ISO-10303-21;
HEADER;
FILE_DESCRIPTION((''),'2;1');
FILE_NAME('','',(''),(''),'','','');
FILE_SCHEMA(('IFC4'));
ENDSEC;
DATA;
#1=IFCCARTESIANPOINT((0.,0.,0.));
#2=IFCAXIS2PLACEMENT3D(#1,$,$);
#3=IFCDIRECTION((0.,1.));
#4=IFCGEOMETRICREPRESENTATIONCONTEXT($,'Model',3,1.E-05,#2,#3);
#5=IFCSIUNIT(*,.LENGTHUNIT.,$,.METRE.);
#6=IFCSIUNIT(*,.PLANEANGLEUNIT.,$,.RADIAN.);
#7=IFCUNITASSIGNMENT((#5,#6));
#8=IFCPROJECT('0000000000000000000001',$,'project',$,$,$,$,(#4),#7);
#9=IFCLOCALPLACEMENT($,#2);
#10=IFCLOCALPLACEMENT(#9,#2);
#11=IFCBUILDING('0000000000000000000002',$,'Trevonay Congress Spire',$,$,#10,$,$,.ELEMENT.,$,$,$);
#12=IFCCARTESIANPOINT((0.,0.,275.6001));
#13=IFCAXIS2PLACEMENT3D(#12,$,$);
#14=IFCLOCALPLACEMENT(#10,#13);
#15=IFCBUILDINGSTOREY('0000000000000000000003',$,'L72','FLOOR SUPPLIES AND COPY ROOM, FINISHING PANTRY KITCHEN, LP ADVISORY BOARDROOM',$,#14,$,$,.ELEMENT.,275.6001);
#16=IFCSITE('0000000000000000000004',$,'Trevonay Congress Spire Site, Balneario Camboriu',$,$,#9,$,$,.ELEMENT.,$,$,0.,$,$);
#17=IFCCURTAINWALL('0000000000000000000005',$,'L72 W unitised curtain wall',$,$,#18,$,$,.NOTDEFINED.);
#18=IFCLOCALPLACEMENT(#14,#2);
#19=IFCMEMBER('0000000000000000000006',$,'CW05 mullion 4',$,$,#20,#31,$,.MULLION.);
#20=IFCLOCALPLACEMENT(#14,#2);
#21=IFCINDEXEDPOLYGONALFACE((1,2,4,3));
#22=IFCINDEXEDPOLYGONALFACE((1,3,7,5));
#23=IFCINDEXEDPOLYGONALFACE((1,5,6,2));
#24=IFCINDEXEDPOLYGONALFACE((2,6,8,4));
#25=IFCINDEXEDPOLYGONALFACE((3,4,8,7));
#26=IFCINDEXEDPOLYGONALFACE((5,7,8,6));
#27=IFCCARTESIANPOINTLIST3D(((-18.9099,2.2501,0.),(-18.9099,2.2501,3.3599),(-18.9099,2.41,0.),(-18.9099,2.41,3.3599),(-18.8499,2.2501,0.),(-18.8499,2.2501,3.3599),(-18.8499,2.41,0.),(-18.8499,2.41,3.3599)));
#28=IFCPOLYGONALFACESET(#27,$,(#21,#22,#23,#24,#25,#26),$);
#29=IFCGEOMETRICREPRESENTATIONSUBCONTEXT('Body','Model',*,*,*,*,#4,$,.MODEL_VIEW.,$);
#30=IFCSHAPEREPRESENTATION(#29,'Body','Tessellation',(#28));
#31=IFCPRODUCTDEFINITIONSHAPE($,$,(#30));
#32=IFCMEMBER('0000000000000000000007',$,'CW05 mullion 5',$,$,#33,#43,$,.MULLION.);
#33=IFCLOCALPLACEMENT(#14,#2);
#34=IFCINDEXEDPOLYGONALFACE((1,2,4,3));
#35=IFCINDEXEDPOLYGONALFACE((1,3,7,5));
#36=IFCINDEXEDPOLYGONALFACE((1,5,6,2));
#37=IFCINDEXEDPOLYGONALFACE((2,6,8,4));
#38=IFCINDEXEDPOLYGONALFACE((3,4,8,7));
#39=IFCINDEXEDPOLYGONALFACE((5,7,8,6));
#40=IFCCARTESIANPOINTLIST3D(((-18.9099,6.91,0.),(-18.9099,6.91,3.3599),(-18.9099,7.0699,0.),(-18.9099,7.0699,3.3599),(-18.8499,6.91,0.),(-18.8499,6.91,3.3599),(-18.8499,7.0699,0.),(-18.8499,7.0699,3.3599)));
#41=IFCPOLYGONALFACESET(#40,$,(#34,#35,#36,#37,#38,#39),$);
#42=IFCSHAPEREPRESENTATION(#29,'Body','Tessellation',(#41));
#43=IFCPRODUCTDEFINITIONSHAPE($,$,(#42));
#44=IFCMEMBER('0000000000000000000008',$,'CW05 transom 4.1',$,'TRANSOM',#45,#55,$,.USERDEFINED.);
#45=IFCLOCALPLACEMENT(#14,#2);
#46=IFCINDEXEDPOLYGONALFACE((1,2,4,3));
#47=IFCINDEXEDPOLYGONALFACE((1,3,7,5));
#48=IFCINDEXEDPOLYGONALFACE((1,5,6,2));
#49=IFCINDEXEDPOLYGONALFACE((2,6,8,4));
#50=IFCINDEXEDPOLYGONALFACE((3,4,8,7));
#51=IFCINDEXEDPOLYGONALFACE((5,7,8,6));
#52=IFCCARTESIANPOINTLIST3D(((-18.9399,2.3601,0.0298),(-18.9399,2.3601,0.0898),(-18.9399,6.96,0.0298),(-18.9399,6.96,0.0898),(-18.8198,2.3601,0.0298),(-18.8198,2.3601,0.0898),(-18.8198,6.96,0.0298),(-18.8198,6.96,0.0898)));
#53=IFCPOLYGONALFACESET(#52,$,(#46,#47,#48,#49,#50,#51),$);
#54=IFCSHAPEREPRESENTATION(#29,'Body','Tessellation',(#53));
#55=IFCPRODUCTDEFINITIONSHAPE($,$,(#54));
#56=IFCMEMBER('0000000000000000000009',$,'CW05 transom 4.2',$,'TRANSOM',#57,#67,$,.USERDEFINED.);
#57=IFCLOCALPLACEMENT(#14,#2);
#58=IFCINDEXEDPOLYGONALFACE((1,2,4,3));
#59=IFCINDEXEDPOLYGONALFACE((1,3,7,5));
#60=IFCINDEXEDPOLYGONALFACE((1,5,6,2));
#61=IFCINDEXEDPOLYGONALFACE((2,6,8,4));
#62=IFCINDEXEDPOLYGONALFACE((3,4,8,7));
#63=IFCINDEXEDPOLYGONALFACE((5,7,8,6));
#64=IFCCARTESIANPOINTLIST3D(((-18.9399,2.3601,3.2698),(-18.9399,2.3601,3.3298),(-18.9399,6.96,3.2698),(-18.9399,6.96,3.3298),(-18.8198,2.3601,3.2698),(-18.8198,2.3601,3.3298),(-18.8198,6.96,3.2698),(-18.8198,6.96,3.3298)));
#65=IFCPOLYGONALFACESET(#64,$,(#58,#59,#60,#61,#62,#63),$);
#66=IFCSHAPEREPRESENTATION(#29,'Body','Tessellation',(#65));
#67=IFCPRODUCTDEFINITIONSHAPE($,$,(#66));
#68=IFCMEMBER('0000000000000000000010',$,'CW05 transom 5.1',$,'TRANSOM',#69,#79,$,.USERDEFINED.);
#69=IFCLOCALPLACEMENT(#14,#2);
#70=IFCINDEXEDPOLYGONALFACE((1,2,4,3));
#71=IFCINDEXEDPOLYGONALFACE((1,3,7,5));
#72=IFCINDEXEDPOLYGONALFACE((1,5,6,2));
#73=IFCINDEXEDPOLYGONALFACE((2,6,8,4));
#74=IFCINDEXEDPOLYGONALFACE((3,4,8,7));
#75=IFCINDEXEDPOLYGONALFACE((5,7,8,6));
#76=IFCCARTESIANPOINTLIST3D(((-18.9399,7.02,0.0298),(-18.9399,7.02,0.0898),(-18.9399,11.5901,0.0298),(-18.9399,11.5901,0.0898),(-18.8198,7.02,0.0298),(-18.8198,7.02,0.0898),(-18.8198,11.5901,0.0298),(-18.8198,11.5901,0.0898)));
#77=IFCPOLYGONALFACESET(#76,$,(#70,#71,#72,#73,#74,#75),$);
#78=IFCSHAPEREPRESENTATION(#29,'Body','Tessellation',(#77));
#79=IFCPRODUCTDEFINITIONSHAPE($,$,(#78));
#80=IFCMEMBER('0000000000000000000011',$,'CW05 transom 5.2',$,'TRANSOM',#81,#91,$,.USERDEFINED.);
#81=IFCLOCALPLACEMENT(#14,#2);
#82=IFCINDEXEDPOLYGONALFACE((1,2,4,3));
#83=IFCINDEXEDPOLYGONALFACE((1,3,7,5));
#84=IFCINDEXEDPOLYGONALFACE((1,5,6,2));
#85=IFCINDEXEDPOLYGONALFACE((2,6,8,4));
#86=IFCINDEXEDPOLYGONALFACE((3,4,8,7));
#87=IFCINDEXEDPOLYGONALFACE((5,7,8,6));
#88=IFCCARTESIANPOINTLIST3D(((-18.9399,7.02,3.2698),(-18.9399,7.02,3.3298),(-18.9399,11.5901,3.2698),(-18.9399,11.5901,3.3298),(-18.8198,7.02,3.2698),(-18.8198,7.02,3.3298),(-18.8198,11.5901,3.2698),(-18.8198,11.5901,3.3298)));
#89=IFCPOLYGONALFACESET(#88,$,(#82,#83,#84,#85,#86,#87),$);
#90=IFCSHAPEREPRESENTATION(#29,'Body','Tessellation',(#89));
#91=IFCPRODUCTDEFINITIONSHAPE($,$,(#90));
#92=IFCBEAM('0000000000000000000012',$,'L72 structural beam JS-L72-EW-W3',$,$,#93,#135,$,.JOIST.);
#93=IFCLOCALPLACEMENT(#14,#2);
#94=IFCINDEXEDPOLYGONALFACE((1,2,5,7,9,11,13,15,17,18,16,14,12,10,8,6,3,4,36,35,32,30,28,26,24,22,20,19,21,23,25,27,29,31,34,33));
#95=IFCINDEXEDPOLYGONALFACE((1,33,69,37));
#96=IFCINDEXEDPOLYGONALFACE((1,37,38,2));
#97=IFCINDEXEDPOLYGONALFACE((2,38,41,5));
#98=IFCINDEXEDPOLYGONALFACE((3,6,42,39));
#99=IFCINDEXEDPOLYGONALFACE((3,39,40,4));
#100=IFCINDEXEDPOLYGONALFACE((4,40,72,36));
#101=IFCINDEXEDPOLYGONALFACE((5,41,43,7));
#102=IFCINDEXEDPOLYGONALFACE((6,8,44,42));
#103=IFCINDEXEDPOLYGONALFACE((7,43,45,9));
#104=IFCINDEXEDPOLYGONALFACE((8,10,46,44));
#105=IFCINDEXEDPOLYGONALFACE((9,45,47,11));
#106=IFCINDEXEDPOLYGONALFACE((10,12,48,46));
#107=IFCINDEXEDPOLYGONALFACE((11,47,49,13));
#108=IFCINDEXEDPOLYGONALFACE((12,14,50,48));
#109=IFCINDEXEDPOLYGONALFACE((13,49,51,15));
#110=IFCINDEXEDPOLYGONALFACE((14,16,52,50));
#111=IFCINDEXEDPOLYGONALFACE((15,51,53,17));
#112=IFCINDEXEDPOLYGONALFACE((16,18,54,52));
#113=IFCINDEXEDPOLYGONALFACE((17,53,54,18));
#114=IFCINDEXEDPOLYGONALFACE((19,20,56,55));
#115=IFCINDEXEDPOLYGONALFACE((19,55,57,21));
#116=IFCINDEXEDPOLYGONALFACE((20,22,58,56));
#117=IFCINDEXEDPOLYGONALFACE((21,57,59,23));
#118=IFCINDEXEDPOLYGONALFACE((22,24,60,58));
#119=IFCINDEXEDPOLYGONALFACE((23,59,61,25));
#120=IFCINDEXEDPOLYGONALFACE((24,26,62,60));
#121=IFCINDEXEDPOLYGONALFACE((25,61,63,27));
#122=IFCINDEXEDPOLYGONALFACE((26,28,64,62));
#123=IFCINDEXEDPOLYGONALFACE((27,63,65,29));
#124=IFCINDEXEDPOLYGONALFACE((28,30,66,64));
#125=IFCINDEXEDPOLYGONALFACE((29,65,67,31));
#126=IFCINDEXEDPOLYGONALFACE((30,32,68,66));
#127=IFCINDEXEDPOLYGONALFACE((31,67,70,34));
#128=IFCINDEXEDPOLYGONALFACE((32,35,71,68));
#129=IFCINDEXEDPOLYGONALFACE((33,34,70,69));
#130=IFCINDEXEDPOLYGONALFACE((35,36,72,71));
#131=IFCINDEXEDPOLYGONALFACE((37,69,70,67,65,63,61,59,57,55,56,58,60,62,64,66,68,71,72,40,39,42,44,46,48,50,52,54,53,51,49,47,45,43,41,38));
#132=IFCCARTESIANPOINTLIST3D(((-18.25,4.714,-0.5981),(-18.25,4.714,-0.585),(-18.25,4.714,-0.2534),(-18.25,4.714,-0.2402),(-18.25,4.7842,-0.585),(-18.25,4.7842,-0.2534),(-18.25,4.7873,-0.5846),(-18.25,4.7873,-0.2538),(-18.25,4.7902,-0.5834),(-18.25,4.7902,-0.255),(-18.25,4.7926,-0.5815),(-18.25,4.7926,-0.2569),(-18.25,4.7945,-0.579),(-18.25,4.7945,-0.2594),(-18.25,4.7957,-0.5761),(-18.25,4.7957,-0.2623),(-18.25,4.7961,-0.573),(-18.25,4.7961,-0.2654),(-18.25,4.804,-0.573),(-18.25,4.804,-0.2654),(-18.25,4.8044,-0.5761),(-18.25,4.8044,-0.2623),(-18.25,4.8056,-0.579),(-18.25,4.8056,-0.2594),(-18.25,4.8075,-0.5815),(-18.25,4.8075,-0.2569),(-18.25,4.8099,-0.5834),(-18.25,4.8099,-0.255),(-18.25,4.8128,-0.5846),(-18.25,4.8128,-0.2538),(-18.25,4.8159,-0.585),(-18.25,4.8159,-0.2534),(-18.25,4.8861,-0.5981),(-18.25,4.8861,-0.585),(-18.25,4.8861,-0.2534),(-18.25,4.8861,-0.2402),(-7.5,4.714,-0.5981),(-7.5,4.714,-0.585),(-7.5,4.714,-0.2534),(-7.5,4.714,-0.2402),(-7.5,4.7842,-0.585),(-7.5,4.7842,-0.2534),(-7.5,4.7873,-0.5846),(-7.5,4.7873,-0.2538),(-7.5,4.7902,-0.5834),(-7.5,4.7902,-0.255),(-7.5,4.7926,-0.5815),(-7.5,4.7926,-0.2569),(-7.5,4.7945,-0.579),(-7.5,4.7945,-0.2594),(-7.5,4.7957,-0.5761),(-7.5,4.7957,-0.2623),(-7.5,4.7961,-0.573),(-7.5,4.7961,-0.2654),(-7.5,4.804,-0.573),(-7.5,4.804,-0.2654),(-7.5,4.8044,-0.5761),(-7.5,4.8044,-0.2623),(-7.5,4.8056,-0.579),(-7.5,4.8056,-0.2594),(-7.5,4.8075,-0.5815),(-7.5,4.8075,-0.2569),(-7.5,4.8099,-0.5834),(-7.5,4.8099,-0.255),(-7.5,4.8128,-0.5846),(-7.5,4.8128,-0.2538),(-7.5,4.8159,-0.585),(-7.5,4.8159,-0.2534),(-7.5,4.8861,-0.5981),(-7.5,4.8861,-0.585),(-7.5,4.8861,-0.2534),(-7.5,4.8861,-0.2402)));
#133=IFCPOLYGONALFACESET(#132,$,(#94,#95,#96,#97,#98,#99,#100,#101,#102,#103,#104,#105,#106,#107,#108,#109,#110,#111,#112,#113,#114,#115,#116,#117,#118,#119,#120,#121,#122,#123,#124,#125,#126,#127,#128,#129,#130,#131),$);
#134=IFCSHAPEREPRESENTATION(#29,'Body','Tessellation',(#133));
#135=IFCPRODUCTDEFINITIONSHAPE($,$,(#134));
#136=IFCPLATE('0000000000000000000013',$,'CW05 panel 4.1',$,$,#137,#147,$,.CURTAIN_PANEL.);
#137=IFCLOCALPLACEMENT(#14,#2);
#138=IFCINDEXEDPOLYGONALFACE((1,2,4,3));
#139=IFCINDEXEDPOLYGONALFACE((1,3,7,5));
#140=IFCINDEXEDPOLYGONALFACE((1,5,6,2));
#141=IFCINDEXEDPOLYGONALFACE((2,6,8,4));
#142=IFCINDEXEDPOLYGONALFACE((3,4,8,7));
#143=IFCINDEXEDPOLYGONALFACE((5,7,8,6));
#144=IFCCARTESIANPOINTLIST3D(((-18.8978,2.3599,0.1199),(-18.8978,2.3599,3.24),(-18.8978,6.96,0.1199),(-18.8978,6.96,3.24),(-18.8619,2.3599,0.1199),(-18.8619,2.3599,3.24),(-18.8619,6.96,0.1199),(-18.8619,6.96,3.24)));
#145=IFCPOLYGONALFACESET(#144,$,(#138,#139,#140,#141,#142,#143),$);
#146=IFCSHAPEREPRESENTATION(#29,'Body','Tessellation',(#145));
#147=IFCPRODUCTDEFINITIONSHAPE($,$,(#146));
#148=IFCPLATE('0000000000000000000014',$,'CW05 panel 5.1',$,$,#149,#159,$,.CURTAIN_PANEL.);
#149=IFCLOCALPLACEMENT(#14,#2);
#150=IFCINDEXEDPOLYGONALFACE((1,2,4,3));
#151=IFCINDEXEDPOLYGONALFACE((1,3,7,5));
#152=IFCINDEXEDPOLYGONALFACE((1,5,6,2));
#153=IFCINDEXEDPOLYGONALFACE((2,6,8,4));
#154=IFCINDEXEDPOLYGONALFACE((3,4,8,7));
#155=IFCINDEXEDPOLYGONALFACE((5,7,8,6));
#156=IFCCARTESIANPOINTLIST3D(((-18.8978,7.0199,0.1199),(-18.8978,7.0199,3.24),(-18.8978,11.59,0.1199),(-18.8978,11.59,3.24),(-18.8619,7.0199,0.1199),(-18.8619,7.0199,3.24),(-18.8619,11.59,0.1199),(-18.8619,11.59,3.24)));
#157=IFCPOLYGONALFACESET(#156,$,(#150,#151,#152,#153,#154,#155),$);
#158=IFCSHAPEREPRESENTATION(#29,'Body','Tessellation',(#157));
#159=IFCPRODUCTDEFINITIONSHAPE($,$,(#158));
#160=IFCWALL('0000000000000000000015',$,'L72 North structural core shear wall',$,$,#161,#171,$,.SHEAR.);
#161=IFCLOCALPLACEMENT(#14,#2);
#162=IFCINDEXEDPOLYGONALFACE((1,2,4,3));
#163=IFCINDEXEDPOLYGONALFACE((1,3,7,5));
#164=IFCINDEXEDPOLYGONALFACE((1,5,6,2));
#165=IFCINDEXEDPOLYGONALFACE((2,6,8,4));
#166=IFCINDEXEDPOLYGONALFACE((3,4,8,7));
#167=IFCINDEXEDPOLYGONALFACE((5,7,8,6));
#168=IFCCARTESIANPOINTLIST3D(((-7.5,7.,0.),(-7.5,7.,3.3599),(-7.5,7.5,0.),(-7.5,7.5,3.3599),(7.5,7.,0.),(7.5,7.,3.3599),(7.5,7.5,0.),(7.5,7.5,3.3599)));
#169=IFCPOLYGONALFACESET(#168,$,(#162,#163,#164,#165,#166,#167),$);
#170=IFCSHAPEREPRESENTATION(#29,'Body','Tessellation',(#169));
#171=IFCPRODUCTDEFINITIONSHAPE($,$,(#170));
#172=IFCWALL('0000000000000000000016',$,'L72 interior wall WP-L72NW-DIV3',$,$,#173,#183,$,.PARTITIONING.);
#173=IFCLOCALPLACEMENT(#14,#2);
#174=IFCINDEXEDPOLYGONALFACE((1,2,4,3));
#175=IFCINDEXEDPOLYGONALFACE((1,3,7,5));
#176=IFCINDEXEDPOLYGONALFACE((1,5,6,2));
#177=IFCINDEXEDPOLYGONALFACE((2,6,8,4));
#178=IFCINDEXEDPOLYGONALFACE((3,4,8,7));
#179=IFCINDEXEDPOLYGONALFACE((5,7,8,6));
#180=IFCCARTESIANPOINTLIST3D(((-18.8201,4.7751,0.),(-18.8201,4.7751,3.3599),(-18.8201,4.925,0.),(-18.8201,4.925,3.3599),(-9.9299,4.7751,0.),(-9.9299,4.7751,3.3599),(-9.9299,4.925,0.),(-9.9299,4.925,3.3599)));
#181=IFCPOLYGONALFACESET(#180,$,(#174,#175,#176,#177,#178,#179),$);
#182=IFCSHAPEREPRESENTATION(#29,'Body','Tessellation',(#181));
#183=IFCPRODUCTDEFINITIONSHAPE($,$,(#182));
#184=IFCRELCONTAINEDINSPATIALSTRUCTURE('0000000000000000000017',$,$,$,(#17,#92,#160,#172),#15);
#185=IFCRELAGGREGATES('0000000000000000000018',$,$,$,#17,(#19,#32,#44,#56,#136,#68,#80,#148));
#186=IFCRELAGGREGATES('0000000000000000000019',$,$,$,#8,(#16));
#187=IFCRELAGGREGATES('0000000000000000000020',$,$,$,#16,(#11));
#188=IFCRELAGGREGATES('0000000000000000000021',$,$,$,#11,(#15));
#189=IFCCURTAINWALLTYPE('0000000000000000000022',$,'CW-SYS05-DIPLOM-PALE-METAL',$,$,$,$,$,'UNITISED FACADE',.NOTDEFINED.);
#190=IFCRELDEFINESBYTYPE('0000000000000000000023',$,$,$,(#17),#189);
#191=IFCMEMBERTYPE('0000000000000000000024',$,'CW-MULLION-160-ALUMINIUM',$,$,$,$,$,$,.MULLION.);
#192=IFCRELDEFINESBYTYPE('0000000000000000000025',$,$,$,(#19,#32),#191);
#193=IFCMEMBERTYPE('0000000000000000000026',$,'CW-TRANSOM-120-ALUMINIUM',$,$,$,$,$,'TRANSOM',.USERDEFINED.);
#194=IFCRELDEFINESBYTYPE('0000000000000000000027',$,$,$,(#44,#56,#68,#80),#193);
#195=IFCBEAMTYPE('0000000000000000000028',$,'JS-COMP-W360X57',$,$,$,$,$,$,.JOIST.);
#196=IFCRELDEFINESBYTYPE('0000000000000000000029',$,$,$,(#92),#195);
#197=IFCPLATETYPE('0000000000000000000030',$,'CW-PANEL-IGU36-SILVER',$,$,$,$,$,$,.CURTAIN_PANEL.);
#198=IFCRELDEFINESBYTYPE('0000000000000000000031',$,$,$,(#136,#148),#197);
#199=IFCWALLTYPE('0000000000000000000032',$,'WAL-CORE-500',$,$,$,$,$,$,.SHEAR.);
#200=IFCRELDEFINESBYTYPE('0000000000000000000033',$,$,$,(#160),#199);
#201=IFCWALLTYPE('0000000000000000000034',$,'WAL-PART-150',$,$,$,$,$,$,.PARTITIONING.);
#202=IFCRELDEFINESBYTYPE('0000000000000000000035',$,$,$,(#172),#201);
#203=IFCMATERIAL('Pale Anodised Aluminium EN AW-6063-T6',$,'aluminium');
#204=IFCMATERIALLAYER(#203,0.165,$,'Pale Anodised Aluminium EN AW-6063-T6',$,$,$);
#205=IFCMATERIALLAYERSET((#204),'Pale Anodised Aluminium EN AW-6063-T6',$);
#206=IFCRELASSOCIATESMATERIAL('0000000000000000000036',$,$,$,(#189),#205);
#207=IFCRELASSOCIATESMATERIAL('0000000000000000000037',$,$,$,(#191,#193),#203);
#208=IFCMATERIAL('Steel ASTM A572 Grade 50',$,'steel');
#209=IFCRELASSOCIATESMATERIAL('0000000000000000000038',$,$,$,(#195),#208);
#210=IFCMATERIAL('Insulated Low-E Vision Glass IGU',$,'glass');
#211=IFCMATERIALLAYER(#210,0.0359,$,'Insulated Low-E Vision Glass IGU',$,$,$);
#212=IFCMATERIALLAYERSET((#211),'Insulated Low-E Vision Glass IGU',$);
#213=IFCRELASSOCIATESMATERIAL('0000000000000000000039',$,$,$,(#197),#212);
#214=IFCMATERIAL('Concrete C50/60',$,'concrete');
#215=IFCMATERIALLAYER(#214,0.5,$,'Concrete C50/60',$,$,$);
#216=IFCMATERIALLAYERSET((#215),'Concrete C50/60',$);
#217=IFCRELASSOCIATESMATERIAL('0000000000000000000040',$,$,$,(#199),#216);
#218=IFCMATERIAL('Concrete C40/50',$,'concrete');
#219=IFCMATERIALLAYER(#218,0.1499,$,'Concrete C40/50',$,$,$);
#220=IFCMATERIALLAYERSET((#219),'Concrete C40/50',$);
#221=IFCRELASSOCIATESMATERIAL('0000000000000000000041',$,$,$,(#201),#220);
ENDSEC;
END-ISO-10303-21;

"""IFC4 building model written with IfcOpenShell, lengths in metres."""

from ifc_helpers import new_model, si_unit, direction, frame, frame_2d, origin, origin_2d, place, context, subcontext, project, spatial, rectangle, i_section, extrude, material, layer, layer_set, material_profile, profile_set, type_object, element, aggregate, save


model = new_model("IFC4")

# Units and contexts
model_context = context("Model", 3, precision=1e-05, world=origin(), true_north=direction((0.0, 1.0)))
body_context = subcontext(model_context, "Body", "Model", "MODEL_VIEW")
ifc_project = project(units=[si_unit("LENGTHUNIT", "METRE"), si_unit("PLANEANGLEUNIT", "RADIAN")], contexts=[model_context])

# Site, building, storey
site_placement = place(None, origin())
site = spatial("IfcSite", under=ifc_project, at=site_placement, Name="Trevonay Congress Spire Site, Balneario Camboriu", CompositionType="ELEMENT", RefElevation=0.0)
building_placement = place(site_placement, origin())
building = spatial("IfcBuilding", under=site, at=building_placement, Name="Trevonay Congress Spire", CompositionType="ELEMENT")
storey_placement = place(building_placement, frame((0.0, 0.0, 275.6001)))
storey = spatial("IfcBuildingStorey", under=building, at=storey_placement, Name="L72", Description="FLOOR SUPPLIES AND COPY ROOM, FINISHING PANTRY KITCHEN, LP ADVISORY BOARDROOM", CompositionType="ELEMENT", Elevation=275.6001)

# Shared definitions
ifc_material_1 = material(Name="Steel ASTM A572 Grade 50", Category="steel")

# Curtain wall, members
ifc_material_2 = material(Name="Pale Anodised Aluminium EN AW-6063-T6", Category="aluminium")
ifc_layer_1 = layer(ifc_material_2, 0.165, Name="Pale Anodised Aluminium EN AW-6063-T6")
ifc_layer_set_1 = layer_set([ifc_layer_1], Name="Pale Anodised Aluminium EN AW-6063-T6")
curtain_wall_type = type_object("IfcCurtainWallType", Name="CW-SYS05-DIPLOM-PALE-METAL", ElementType="UNITISED FACADE", PredefinedType="NOTDEFINED", material=ifc_layer_set_1)
curtain_wall_placement = place(storey_placement, origin())
curtain_wall = element("IfcCurtainWall", 1, at=curtain_wall_placement, inside=storey, type_object=curtain_wall_type, Name="L72 W unitised curtain wall", PredefinedType="NOTDEFINED")
ifc_material_profile_1 = material_profile(ifc_material_2, rectangle(XDim=0.0601, YDim=0.1599, at=origin_2d()), Name="CW-MULLION-160-ALUMINIUM")
ifc_profile_set_1 = profile_set([ifc_material_profile_1], Name="Pale Anodised Aluminium EN AW-6063-T6")
member_type_1 = type_object("IfcMemberType", Name="CW-MULLION-160-ALUMINIUM", PredefinedType="MULLION", material=ifc_profile_set_1)
member_1_placement = place(storey_placement, frame((-18.8799, 2.3301, 0.0), z_axis=(0.0, 0.0, 1.0), x_axis=(-1.0, 0.0, 0.0)))
member_1 = element("IfcMember", 2, at=member_1_placement, type_object=member_type_1, Name="CW05 mullion 4", PredefinedType="MULLION", context=body_context, shape_type="SweptSolid", body=[
    extrude(rectangle(XDim=0.0601, YDim=0.1599, at=origin_2d()), origin(), (0.0, 0.0, 1.0), 3.3599),
])
member_2_placement = place(storey_placement, frame((-18.8799, 6.99, 0.0), z_axis=(0.0, 0.0, 1.0), x_axis=(-1.0, 0.0, 0.0)))
member_2 = element("IfcMember", 3, at=member_2_placement, type_object=member_type_1, Name="CW05 mullion 5", PredefinedType="MULLION", context=body_context, shape_type="SweptSolid", body=[
    extrude(rectangle(XDim=0.0601, YDim=0.1599, at=origin_2d()), origin(), (0.0, 0.0, 1.0), 3.3599),
])
ifc_material_profile_2 = material_profile(ifc_material_2, rectangle(XDim=0.1201, YDim=0.0601, at=origin_2d()), Name="CW-TRANSOM-120-ALUMINIUM")
ifc_profile_set_2 = profile_set([ifc_material_profile_2], Name="Pale Anodised Aluminium EN AW-6063-T6")
member_type_2 = type_object("IfcMemberType", Name="CW-TRANSOM-120-ALUMINIUM", ElementType="TRANSOM", PredefinedType="USERDEFINED", material=ifc_profile_set_2)
member_3_placement = place(storey_placement, frame((-18.8799, 2.3601, 0.0598), z_axis=(0.0, 1.0, 0.0), x_axis=(-1.0, 0.0, 0.0)))
member_3 = element("IfcMember", 4, at=member_3_placement, type_object=member_type_2, Name="CW05 transom 4.1", ObjectType="TRANSOM", PredefinedType="USERDEFINED", context=body_context, shape_type="SweptSolid", body=[
    extrude(rectangle(XDim=0.1201, YDim=0.0601, at=origin_2d()), origin(), (0.0, 0.0, 1.0), 4.5999),
])
member_4_placement = place(storey_placement, frame((-18.8799, 2.3601, 3.2998), z_axis=(0.0, 1.0, 0.0), x_axis=(-1.0, 0.0, 0.0)))
member_4 = element("IfcMember", 5, at=member_4_placement, type_object=member_type_2, Name="CW05 transom 4.2", ObjectType="TRANSOM", PredefinedType="USERDEFINED", context=body_context, shape_type="SweptSolid", body=[
    extrude(rectangle(XDim=0.1201, YDim=0.0601, at=origin_2d()), origin(), (0.0, 0.0, 1.0), 4.5999),
])
member_5_placement = place(storey_placement, frame((-18.8799, 7.02, 0.0598), z_axis=(0.0, 1.0, 0.0), x_axis=(-1.0, 0.0, 0.0)))
member_5 = element("IfcMember", 6, at=member_5_placement, type_object=member_type_2, Name="CW05 transom 5.1", ObjectType="TRANSOM", PredefinedType="USERDEFINED", context=body_context, shape_type="SweptSolid", body=[
    extrude(rectangle(XDim=0.1201, YDim=0.0601, at=origin_2d()), origin(), (0.0, 0.0, 1.0), 4.5701),
])
member_6_placement = place(storey_placement, frame((-18.8799, 7.02, 3.2998), z_axis=(0.0, 1.0, 0.0), x_axis=(-1.0, 0.0, 0.0)))
member_6 = element("IfcMember", 7, at=member_6_placement, type_object=member_type_2, Name="CW05 transom 5.2", ObjectType="TRANSOM", PredefinedType="USERDEFINED", context=body_context, shape_type="SweptSolid", body=[
    extrude(rectangle(XDim=0.1201, YDim=0.0601, at=origin_2d()), origin(), (0.0, 0.0, 1.0), 4.5701),
])

# Beam
ifc_material_profile_3 = material_profile(ifc_material_1, i_section(OverallWidth=0.1721, OverallDepth=0.3579, WebThickness=0.0078, FlangeThickness=0.0132, FilletRadius=0.012, at=origin_2d()), Name="W360x57.8")
ifc_profile_set_3 = profile_set([ifc_material_profile_3], Name="Steel ASTM A572 Grade 50")
beam_type_1 = type_object("IfcBeamType", Name="JS-COMP-W360X57", PredefinedType="JOIST", material=ifc_profile_set_3)
beam_1_placement = place(storey_placement, frame((-18.25, 4.8, -0.4192), z_axis=(1.0, 0.0, 0.0), x_axis=(0.0, 1.0, 0.0)))
element("IfcBeam", 8, at=beam_1_placement, inside=storey, type_object=beam_type_1, Name="L72 structural beam JS-L72-EW-W3", PredefinedType="JOIST", context=body_context, shape_type="SweptSolid", body=[
    extrude(i_section(OverallWidth=0.1721, OverallDepth=0.3579, WebThickness=0.0078, FlangeThickness=0.0132, FilletRadius=0.012, at=origin_2d()), origin(), (0.0, 0.0, 1.0), 10.75),
])

# Plates
ifc_material_3 = material(Name="Insulated Low-E Vision Glass IGU", Category="glass")
ifc_layer_2 = layer(ifc_material_3, 0.0359, Name="Insulated Low-E Vision Glass IGU")
ifc_layer_set_2 = layer_set([ifc_layer_2], Name="Insulated Low-E Vision Glass IGU")
plate_type = type_object("IfcPlateType", Name="CW-PANEL-IGU36-SILVER", PredefinedType="CURTAIN_PANEL", material=ifc_layer_set_2)
plate_1_placement = place(storey_placement, frame((-18.8799, 4.6599, 0.1199), z_axis=(0.0, 0.0, 1.0), x_axis=(0.0, 1.0, 0.0)))
plate_1 = element("IfcPlate", 9, at=plate_1_placement, type_object=plate_type, Name="CW05 panel 4.1", PredefinedType="CURTAIN_PANEL", context=body_context, shape_type="SweptSolid", body=[
    extrude(rectangle(XDim=4.6001, YDim=0.0359, at=origin_2d()), origin(), (0.0, 0.0, 1.0), 3.1201),
])
plate_2_placement = place(storey_placement, frame((-18.8799, 9.3049, 0.1199), z_axis=(0.0, 0.0, 1.0), x_axis=(0.0, 1.0, 0.0)))
plate_2 = element("IfcPlate", 10, at=plate_2_placement, type_object=plate_type, Name="CW05 panel 5.1", PredefinedType="CURTAIN_PANEL", context=body_context, shape_type="SweptSolid", body=[
    extrude(rectangle(XDim=4.5701, YDim=0.0359, at=origin_2d()), origin(), (0.0, 0.0, 1.0), 3.1201),
])
aggregate(curtain_wall, [member_1, member_2, member_3, member_4, plate_1, member_5, member_6, plate_2])

# Walls
ifc_material_4 = material(Name="Concrete C50/60", Category="concrete")
ifc_layer_3 = layer(ifc_material_4, 0.5, Name="Concrete C50/60")
ifc_layer_set_3 = layer_set([ifc_layer_3], Name="Concrete C50/60")
wall_type_1 = type_object("IfcWallType", Name="WAL-CORE-500", PredefinedType="SHEAR", material=ifc_layer_set_3)
wall_1_placement = place(storey_placement, frame((-7.5, 7.25, 0.0), z_axis=(0.0, 0.0, 1.0), x_axis=(1.0, 0.0, 0.0)))
element("IfcWall", 11, at=wall_1_placement, inside=storey, type_object=wall_type_1, Name="L72 North structural core shear wall", PredefinedType="SHEAR", context=body_context, shape_type="SweptSolid", body=[
    extrude(rectangle(XDim=15.0, YDim=0.5, at=frame_2d((7.5, 0.0))), origin(), (0.0, 0.0, 1.0), 3.3599),
])
ifc_material_5 = material(Name="Concrete C40/50", Category="concrete")
ifc_layer_4 = layer(ifc_material_5, 0.1499, Name="Concrete C40/50")
ifc_layer_set_4 = layer_set([ifc_layer_4], Name="Concrete C40/50")
wall_type_2 = type_object("IfcWallType", Name="WAL-PART-150", PredefinedType="PARTITIONING", material=ifc_layer_set_4)
wall_2_placement = place(storey_placement, frame((-18.8201, 4.8501, 0.0), z_axis=(0.0, 0.0, 1.0), x_axis=(1.0, 0.0, 0.0)))
element("IfcWall", 12, at=wall_2_placement, inside=storey, type_object=wall_type_2, Name="L72 interior wall WP-L72NW-DIV3", PredefinedType="PARTITIONING", context=body_context, shape_type="SweptSolid", body=[
    extrude(rectangle(XDim=8.8901, YDim=0.1499, at=frame_2d((4.4451, 0.0))), origin(), (0.0, 0.0, 1.0), 3.3599),
])

save(model, "model.ifc")
